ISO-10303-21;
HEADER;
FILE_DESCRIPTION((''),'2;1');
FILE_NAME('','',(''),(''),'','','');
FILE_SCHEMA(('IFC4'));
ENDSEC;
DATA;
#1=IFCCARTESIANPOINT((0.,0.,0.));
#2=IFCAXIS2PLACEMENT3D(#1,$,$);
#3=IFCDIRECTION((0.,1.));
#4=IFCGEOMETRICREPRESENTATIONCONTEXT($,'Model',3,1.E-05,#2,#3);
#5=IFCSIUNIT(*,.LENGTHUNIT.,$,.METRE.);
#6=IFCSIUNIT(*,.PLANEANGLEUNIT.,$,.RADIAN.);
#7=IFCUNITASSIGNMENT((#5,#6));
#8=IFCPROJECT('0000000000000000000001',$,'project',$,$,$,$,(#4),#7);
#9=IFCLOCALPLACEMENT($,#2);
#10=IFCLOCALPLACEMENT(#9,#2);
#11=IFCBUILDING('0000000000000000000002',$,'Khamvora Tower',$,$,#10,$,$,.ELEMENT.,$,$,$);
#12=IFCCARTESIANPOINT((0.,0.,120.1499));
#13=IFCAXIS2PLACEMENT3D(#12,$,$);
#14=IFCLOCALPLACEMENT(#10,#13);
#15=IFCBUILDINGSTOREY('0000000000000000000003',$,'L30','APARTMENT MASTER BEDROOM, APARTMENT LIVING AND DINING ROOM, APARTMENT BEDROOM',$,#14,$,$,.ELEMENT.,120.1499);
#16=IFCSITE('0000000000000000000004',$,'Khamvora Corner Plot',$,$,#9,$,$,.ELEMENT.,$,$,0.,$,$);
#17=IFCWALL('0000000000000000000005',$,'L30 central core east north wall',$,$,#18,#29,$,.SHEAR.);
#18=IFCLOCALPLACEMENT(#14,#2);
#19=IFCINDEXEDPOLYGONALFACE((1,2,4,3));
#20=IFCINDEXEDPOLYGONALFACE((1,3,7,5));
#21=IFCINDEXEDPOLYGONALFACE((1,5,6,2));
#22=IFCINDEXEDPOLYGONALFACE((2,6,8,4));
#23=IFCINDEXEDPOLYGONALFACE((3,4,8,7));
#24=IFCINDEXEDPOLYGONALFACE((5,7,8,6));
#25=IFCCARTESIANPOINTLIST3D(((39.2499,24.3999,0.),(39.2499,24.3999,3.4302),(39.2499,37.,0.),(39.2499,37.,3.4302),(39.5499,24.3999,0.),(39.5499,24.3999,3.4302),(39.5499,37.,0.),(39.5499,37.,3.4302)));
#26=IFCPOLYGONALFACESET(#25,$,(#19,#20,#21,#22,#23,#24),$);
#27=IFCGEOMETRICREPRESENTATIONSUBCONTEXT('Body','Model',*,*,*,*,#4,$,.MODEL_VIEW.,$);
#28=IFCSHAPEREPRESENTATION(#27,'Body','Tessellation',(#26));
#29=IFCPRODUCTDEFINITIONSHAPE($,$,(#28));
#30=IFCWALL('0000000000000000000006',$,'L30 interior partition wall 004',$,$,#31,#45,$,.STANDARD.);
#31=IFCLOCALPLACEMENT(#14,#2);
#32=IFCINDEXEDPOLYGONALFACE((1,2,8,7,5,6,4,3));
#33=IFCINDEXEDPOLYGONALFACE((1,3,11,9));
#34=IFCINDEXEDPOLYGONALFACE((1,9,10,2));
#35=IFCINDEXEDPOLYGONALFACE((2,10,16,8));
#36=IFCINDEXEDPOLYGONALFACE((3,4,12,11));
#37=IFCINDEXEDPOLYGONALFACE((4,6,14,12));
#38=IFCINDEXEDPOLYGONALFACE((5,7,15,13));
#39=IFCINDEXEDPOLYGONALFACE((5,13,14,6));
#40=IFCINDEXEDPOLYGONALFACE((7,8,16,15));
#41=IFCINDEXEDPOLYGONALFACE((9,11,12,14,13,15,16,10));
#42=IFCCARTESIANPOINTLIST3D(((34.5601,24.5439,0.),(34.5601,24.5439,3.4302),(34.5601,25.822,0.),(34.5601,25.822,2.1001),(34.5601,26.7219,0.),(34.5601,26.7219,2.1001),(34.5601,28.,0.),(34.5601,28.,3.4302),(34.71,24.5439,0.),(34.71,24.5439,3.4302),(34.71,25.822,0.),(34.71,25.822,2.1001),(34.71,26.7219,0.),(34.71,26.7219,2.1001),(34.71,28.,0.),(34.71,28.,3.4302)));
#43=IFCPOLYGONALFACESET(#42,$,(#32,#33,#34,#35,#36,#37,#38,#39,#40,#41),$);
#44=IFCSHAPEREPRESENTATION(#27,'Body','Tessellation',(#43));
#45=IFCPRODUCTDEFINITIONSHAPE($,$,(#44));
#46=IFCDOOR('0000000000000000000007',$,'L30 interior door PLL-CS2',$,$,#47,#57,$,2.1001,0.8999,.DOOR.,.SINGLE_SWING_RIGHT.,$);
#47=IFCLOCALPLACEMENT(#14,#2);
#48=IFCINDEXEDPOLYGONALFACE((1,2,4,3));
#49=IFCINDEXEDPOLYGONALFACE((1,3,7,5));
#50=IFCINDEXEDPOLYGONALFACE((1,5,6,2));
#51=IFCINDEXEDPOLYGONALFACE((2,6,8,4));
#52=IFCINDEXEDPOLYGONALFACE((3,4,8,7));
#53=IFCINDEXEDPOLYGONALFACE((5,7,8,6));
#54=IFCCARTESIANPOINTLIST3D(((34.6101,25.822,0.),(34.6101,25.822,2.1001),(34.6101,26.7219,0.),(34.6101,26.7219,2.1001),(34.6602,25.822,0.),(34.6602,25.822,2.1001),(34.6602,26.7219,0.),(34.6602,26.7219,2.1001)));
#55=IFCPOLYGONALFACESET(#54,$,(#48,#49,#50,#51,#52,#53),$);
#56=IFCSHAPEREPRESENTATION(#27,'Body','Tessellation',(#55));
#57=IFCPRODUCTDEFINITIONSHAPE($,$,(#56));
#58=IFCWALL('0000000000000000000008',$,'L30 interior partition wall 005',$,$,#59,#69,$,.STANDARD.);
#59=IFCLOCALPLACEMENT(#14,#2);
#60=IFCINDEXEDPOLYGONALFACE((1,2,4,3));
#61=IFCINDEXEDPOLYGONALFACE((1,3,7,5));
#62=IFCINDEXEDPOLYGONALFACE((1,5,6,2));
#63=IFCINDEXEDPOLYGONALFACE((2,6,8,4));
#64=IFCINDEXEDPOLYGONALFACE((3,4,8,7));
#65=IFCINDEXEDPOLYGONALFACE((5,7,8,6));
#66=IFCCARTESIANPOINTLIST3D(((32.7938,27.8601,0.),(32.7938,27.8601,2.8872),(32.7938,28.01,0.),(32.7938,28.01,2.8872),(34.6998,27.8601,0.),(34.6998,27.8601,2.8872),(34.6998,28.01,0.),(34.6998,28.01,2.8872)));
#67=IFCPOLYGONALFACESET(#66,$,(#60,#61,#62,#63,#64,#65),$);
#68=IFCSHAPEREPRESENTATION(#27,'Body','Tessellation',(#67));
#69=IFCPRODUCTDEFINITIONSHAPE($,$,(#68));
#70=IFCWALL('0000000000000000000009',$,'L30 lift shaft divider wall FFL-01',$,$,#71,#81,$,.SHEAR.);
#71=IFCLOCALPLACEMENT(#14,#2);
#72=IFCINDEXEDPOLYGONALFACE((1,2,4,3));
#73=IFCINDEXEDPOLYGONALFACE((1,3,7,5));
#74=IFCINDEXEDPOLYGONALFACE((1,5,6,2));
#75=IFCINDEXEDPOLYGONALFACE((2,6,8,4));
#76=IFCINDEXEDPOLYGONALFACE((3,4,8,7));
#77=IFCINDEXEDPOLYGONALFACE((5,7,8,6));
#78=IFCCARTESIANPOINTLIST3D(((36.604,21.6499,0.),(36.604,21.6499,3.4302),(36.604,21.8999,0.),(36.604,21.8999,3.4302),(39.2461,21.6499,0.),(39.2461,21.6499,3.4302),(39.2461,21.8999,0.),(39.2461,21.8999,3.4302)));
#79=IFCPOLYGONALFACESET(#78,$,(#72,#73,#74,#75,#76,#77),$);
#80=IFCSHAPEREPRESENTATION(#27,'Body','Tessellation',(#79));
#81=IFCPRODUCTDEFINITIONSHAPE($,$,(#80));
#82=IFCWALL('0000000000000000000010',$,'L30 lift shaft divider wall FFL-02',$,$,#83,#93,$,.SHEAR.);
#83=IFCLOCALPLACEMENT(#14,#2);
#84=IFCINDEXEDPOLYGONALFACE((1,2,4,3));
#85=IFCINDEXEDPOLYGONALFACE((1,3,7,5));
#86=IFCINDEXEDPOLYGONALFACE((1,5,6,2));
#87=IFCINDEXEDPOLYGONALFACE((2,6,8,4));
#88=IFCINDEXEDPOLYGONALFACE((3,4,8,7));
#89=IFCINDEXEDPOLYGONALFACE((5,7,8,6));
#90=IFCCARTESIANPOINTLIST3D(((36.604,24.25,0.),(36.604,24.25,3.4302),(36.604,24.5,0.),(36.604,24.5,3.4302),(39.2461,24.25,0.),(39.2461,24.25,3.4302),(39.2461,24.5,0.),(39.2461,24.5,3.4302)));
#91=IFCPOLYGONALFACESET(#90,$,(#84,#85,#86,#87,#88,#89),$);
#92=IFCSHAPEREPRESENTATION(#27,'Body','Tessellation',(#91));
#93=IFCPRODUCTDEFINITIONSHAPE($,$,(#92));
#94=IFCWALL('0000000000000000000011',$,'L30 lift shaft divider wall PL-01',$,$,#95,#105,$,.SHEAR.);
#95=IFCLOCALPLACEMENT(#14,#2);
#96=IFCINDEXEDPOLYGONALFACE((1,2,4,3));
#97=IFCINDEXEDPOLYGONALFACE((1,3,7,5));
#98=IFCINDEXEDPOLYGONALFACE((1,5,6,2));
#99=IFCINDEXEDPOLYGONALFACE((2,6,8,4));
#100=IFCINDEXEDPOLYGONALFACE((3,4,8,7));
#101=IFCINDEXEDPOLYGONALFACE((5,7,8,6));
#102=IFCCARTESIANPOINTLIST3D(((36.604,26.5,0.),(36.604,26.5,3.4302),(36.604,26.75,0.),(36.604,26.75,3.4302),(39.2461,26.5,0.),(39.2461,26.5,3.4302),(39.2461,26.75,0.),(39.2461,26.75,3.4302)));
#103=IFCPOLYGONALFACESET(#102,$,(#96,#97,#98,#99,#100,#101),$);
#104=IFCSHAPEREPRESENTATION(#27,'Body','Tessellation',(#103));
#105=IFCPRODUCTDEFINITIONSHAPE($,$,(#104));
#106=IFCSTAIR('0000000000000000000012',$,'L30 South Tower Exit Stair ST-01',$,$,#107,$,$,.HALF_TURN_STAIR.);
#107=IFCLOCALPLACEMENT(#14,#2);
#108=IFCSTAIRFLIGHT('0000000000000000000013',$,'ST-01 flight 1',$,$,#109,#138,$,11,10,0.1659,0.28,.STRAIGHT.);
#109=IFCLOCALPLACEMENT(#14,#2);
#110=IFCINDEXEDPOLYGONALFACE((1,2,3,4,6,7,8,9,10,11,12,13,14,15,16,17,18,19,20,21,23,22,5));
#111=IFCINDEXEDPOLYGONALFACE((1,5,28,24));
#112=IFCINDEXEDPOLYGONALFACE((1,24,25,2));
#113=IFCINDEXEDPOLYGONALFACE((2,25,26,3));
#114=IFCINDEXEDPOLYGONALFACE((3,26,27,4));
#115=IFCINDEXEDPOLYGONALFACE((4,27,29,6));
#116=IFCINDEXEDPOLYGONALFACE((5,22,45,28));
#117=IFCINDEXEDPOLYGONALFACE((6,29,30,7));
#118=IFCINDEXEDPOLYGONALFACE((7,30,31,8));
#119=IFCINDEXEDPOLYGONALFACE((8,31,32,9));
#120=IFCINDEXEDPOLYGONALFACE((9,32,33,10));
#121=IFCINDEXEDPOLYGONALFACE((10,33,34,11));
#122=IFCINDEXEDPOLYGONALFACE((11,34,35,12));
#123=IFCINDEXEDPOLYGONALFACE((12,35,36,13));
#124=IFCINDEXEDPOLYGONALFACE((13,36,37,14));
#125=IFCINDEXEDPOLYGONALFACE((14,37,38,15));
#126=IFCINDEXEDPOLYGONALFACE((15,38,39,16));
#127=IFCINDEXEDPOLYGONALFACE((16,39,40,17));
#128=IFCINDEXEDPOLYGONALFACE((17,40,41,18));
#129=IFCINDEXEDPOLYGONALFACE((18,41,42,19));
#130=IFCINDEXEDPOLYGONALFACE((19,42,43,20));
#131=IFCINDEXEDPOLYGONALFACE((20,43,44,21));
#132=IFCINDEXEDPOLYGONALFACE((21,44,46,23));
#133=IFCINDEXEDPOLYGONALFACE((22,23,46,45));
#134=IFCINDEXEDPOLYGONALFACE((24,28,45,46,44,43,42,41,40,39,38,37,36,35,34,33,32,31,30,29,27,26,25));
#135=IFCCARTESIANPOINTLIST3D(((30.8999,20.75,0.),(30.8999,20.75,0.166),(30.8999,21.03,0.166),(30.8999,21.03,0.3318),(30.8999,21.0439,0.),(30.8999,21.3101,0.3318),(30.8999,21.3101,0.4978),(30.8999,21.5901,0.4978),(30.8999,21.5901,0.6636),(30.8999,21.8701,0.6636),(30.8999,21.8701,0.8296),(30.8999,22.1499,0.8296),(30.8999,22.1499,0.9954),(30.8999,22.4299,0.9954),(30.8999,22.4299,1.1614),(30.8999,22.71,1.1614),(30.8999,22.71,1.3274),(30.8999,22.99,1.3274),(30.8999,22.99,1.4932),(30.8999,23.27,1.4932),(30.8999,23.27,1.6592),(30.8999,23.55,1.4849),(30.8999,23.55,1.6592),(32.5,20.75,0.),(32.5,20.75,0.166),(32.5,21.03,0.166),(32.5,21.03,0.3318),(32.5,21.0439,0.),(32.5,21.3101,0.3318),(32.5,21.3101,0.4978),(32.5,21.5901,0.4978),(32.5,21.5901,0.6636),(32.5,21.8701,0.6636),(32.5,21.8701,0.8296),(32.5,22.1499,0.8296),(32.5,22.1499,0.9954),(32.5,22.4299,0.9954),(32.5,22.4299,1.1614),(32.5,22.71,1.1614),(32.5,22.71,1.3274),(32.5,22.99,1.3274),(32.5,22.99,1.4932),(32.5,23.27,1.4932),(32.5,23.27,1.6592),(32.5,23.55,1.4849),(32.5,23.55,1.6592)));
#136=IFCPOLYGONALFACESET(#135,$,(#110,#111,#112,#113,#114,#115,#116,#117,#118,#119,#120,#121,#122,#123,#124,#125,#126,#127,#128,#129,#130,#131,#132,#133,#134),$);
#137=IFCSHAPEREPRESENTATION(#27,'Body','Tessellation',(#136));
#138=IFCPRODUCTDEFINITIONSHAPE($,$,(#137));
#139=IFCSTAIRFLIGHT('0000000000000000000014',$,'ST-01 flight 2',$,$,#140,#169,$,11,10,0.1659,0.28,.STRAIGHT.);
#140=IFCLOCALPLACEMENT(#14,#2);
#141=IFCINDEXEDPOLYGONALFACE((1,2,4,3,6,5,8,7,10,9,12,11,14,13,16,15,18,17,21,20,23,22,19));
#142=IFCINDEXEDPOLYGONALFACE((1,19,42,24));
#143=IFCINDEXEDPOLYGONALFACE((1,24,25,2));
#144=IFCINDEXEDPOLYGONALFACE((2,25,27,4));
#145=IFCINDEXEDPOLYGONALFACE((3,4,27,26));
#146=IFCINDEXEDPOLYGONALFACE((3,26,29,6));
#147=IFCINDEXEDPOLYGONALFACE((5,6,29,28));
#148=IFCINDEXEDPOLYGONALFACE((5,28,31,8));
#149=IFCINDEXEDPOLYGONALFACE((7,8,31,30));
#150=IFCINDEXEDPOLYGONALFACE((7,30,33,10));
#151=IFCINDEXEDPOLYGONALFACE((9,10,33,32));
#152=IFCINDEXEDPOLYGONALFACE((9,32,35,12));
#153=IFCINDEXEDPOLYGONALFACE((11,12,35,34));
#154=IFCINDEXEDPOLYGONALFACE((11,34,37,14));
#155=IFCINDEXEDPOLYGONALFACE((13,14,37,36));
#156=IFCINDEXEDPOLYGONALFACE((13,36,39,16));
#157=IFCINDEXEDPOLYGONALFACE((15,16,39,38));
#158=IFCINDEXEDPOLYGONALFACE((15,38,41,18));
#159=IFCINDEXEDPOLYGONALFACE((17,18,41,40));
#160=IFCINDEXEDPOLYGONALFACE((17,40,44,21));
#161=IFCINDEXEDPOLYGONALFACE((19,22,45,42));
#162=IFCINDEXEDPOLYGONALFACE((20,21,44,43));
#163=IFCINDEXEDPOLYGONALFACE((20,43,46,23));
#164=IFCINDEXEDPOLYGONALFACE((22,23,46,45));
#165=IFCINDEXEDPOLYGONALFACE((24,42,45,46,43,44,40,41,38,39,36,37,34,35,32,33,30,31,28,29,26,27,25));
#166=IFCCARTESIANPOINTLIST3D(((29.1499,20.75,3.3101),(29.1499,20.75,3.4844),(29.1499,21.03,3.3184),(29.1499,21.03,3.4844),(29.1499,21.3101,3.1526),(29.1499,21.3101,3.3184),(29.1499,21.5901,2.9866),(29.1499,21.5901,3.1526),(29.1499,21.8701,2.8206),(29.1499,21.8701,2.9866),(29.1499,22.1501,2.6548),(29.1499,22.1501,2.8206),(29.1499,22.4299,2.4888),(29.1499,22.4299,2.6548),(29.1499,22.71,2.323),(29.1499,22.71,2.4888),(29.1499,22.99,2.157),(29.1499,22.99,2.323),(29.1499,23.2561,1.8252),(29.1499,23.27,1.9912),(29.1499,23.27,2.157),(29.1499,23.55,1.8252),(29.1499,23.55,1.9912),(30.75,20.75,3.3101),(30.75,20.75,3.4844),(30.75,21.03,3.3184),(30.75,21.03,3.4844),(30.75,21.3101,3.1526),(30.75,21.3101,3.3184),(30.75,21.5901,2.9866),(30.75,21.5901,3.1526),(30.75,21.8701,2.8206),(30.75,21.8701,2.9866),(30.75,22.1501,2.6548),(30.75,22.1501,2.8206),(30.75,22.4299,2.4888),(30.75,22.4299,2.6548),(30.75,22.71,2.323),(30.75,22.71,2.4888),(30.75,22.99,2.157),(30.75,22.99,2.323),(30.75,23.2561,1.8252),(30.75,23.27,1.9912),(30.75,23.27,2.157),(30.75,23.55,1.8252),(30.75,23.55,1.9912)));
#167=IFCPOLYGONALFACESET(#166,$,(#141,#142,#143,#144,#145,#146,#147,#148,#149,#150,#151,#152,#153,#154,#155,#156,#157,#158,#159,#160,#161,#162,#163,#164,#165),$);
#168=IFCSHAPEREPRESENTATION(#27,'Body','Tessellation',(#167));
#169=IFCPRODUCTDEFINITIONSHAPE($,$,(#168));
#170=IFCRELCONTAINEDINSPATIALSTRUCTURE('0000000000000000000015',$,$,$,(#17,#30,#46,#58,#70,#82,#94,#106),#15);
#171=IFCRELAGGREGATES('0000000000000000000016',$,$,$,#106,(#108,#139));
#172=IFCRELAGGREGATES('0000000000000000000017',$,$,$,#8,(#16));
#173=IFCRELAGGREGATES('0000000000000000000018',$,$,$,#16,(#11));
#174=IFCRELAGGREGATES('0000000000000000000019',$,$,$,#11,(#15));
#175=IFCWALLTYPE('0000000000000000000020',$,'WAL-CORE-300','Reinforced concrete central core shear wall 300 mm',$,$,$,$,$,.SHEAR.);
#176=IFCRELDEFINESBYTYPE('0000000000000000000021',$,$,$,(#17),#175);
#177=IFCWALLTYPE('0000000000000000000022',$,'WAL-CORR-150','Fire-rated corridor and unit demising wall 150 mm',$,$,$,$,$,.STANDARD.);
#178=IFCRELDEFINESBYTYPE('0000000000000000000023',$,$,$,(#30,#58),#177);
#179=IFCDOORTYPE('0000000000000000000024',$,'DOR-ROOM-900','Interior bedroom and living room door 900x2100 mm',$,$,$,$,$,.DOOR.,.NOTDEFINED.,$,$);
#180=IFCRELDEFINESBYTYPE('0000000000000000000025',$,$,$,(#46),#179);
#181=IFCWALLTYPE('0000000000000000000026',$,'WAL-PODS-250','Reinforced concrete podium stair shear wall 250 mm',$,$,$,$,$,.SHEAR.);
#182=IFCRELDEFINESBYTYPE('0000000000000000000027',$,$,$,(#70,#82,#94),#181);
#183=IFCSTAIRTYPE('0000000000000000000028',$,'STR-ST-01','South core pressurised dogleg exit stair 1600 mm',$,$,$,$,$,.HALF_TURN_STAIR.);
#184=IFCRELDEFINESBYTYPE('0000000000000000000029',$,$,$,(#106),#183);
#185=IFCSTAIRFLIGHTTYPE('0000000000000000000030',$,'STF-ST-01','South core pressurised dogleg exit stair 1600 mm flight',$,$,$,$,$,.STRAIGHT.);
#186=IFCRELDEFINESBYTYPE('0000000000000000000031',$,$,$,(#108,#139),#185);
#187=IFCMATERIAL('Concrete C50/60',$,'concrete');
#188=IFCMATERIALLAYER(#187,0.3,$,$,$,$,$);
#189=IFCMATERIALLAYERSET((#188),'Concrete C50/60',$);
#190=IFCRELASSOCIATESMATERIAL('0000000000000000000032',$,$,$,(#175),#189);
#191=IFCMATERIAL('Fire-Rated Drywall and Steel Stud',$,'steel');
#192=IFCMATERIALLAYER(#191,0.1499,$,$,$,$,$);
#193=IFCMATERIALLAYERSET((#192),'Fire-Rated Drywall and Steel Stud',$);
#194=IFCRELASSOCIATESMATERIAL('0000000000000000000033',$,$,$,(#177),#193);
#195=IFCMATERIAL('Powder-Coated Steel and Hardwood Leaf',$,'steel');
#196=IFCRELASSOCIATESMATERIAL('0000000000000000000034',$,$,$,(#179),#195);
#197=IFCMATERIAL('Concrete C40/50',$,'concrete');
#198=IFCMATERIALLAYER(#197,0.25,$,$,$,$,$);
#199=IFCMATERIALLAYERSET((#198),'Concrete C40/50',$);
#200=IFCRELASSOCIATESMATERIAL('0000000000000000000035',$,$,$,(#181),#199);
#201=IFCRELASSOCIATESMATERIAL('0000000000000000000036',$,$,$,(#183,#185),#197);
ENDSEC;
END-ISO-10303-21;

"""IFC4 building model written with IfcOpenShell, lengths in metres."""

from ifc_helpers import new_model, si_unit, direction, frame, frame_2d, origin, place, context, subcontext, project, spatial, polyline, rectangle, outline, extrude, material, layer, layer_set, type_object, element, fill, aggregate, save


model = new_model("IFC4")

# Units and contexts
model_context = context("Model", 3, precision=1e-05, world=origin(), true_north=direction((0.0, 1.0)))
body_context = subcontext(model_context, "Body", "Model", "MODEL_VIEW")
ifc_project = project(units=[si_unit("LENGTHUNIT", "METRE"), si_unit("PLANEANGLEUNIT", "RADIAN")], contexts=[model_context])

# Site, building, storey
site_placement = place(None, origin())
site = spatial("IfcSite", under=ifc_project, at=site_placement, Name="Khamvora Corner Plot", CompositionType="ELEMENT", RefElevation=0.0)
building_placement = place(site_placement, origin())
building = spatial("IfcBuilding", under=site, at=building_placement, Name="Khamvora Tower", CompositionType="ELEMENT")
storey_placement = place(building_placement, frame((0.0, 0.0, 120.1499)))
storey = spatial("IfcBuildingStorey", under=building, at=storey_placement, Name="L30", Description="APARTMENT MASTER BEDROOM, APARTMENT LIVING AND DINING ROOM, APARTMENT BEDROOM", CompositionType="ELEMENT", Elevation=120.1499)

# Wall
ifc_material_1 = material(Name="Concrete C50/60", Category="concrete")
ifc_layer_1 = layer(ifc_material_1, 0.3)
ifc_layer_set_1 = layer_set([ifc_layer_1], Name="Concrete C50/60")
wall_type_1 = type_object("IfcWallType", Name="WAL-CORE-300", Description="Reinforced concrete central core shear wall 300 mm", PredefinedType="SHEAR", material=ifc_layer_set_1)
wall_1_placement = place(storey_placement, frame((39.3999, 24.3999, 0.0), z_axis=(0.0, 0.0, 1.0), x_axis=(0.0, 1.0, 0.0)))
element("IfcWall", 1, at=wall_1_placement, inside=storey, type_object=wall_type_1, Name="L30 central core east north wall", PredefinedType="SHEAR", context=body_context, shape_type="SweptSolid", body=[
    extrude(rectangle(XDim=12.6001, YDim=0.3, at=frame_2d((6.3, 0.0))), origin(), (0.0, 0.0, 1.0), 3.4302),
])

# Shared definitions
ifc_material_2 = material(Name="Powder-Coated Steel and Hardwood Leaf", Category="steel")

# Wall, opening, door
ifc_material_3 = material(Name="Fire-Rated Drywall and Steel Stud", Category="steel")
ifc_layer_2 = layer(ifc_material_3, 0.1499)
ifc_layer_set_2 = layer_set([ifc_layer_2], Name="Fire-Rated Drywall and Steel Stud")
wall_type_2 = type_object("IfcWallType", Name="WAL-CORR-150", Description="Fire-rated corridor and unit demising wall 150 mm", PredefinedType="STANDARD", material=ifc_layer_set_2)
wall_2_placement = place(storey_placement, frame((34.635, 24.5439, 0.0), z_axis=(0.0, 0.0, 1.0), x_axis=(0.0, 1.0, 0.0)))
wall_2 = element("IfcWall", 2, at=wall_2_placement, inside=storey, type_object=wall_type_2, Name="L30 interior partition wall 004", PredefinedType="STANDARD", context=body_context, shape_type="SweptSolid", body=[
    extrude(rectangle(XDim=3.4561, YDim=0.1499, at=frame_2d((1.728, 0.0))), origin(), (0.0, 0.0, 1.0), 3.4302),
])
opening_1_placement = place(wall_2_placement, frame((1.2781, 0.0, 0.0)))
opening_1 = element("IfcOpeningElement", 3, at=opening_1_placement, cuts=wall_2, PredefinedType="OPENING", context=body_context, shape_type="SweptSolid", body=[
    extrude(rectangle(XDim=0.8999, YDim=2.1001, at=frame_2d((0.45, 1.05))), frame((0.0, 0.085, 0.0), z_axis=(0.0, -1.0, 0.0), x_axis=(1.0, 0.0, 0.0)), (0.0, 0.0, 1.0), 0.1699),
])
door_type_1 = type_object("IfcDoorType", Name="DOR-ROOM-900", Description="Interior bedroom and living room door 900x2100 mm", OperationType="NOTDEFINED", PredefinedType="DOOR", material=ifc_material_2)
door_1_placement = place(opening_1_placement, origin())
door_1 = element("IfcDoor", 4, at=door_1_placement, inside=storey, type_object=door_type_1, Name="L30 interior door PLL-CS2", OperationType="SINGLE_SWING_RIGHT", OverallHeight=2.1001, OverallWidth=0.8999, PredefinedType="DOOR", context=body_context, shape_type="SweptSolid", body=[
    extrude(rectangle(XDim=0.8999, YDim=2.1001, at=frame_2d((0.45, 1.05))), frame((0.0, 0.0249, 0.0), z_axis=(0.0, -1.0, 0.0), x_axis=(1.0, 0.0, 0.0)), (0.0, 0.0, 1.0), 0.05),
])
fill(opening_1, door_1)

# Walls
wall_3_placement = place(storey_placement, frame((34.7, 27.9351, 0.0), z_axis=(0.0, 0.0, 1.0), x_axis=(-1.0, 0.0, 0.0)))
element("IfcWall", 5, at=wall_3_placement, inside=storey, type_object=wall_type_2, Name="L30 interior partition wall 005", PredefinedType="STANDARD", context=body_context, shape_type="SweptSolid", body=[
    extrude(rectangle(XDim=1.906, YDim=0.1499, at=frame_2d((0.9531, 0.0))), origin(), (0.0, 0.0, 1.0), 2.8872),
])
ifc_material_4 = material(Name="Concrete C40/50", Category="concrete")
ifc_layer_3 = layer(ifc_material_4, 0.25)
ifc_layer_set_3 = layer_set([ifc_layer_3], Name="Concrete C40/50")
wall_type_3 = type_object("IfcWallType", Name="WAL-PODS-250", Description="Reinforced concrete podium stair shear wall 250 mm", PredefinedType="SHEAR", material=ifc_layer_set_3)
for number, where, z_axis, x_axis, name in (
    (6, (36.604, 21.7749, 0.0), (0.0, 0.0, 1.0), (1.0, 0.0, 0.0), "L30 lift shaft divider wall FFL-01"),
    (7, (36.604, 24.375, 0.0), (0.0, 0.0, 1.0), (1.0, 0.0, 0.0), "L30 lift shaft divider wall FFL-02"),
    (8, (36.604, 26.625, 0.0), (0.0, 0.0, 1.0), (1.0, 0.0, 0.0), "L30 lift shaft divider wall PL-01"),
):
    element("IfcWall", number, at=place(storey_placement, frame(where, z_axis=z_axis, x_axis=x_axis)), inside=storey, type_object=wall_type_3, Name=name, PredefinedType="SHEAR", context=body_context, shape_type="SweptSolid", body=[
        extrude(rectangle(XDim=2.6421, YDim=0.25, at=frame_2d((1.321, 0.0))), origin(), (0.0, 0.0, 1.0), 3.4302),
    ])

# Stair, stair flights
stair_type = type_object("IfcStairType", Name="STR-ST-01", Description="South core pressurised dogleg exit stair 1600 mm", PredefinedType="HALF_TURN_STAIR", material=ifc_material_4)
stair_placement = place(storey_placement, origin())
stair = element("IfcStair", 9, at=stair_placement, inside=storey, type_object=stair_type, Name="L30 South Tower Exit Stair ST-01", PredefinedType="HALF_TURN_STAIR")
stair_flight_type = type_object("IfcStairFlightType", Name="STF-ST-01", Description="South core pressurised dogleg exit stair 1600 mm flight", PredefinedType="STRAIGHT", material=ifc_material_4)
stair_flight_1_placement = place(storey_placement, frame((31.7, 20.75, 0.0), z_axis=(0.0, 0.0, 1.0), x_axis=(0.0, 1.0, 0.0)))
stair_flight_1 = element("IfcStairFlight", 10, at=stair_flight_1_placement, type_object=stair_flight_type, Name="ST-01 flight 1", NumberOfRisers=11, NumberOfTreads=10, PredefinedType="STRAIGHT", RiserHeight=0.1659, TreadLength=0.28, context=body_context, shape_type="SweptSolid", body=[
    extrude(outline(polyline([(0.0, 0.0), (0.0, 0.166), (0.28, 0.166), (0.28, 0.3318), (0.5601, 0.3318), (0.5601, 0.4978), (0.8401, 0.4978), (0.8401, 0.6636), (1.1201, 0.6636), (1.1201, 0.8296), (1.3999, 0.8296), (1.3999, 0.9954), (1.6799, 0.9954), (1.6799, 1.1614), (1.96, 1.1614), (1.96, 1.3274), (2.24, 1.3274), (2.24, 1.4932), (2.52, 1.4932), (2.52, 1.6592), (2.8, 1.6592), (2.8, 1.825), (2.8, 1.4849), (0.2939, 0.0), (0.0, 0.0)])), frame((0.0, 0.8, 0.0), z_axis=(0.0, -1.0, 0.0), x_axis=(1.0, 0.0, 0.0)), (0.0, 0.0, 1.0), 1.6001),
])
stair_flight_2_placement = place(storey_placement, frame((29.95, 23.55, 1.8252), z_axis=(0.0, 0.0, 1.0), x_axis=(0.0, -1.0, 0.0)))
stair_flight_2 = element("IfcStairFlight", 11, at=stair_flight_2_placement, type_object=stair_flight_type, Name="ST-01 flight 2", NumberOfRisers=11, NumberOfTreads=10, PredefinedType="STRAIGHT", RiserHeight=0.1659, TreadLength=0.28, context=body_context, shape_type="SweptSolid", body=[
    extrude(outline(polyline([(0.0, 0.0), (0.0, 0.166), (0.28, 0.166), (0.28, 0.3318), (0.5601, 0.3318), (0.5601, 0.4978), (0.8401, 0.4978), (0.8401, 0.6636), (1.1201, 0.6636), (1.1201, 0.8296), (1.3999, 0.8296), (1.3999, 0.9954), (1.6799, 0.9954), (1.6799, 1.1614), (1.96, 1.1614), (1.96, 1.3274), (2.24, 1.3274), (2.24, 1.4932), (2.52, 1.4932), (2.52, 1.6592), (2.8, 1.6592), (2.8, 1.825), (2.8, 1.4849), (0.2939, 0.0), (0.0, 0.0)])), frame((0.0, 0.8, 0.0), z_axis=(0.0, -1.0, 0.0), x_axis=(1.0, 0.0, 0.0)), (0.0, 0.0, 1.0), 1.6001),
])
aggregate(stair, [stair_flight_1, stair_flight_2])

save(model, "model.ifc")
